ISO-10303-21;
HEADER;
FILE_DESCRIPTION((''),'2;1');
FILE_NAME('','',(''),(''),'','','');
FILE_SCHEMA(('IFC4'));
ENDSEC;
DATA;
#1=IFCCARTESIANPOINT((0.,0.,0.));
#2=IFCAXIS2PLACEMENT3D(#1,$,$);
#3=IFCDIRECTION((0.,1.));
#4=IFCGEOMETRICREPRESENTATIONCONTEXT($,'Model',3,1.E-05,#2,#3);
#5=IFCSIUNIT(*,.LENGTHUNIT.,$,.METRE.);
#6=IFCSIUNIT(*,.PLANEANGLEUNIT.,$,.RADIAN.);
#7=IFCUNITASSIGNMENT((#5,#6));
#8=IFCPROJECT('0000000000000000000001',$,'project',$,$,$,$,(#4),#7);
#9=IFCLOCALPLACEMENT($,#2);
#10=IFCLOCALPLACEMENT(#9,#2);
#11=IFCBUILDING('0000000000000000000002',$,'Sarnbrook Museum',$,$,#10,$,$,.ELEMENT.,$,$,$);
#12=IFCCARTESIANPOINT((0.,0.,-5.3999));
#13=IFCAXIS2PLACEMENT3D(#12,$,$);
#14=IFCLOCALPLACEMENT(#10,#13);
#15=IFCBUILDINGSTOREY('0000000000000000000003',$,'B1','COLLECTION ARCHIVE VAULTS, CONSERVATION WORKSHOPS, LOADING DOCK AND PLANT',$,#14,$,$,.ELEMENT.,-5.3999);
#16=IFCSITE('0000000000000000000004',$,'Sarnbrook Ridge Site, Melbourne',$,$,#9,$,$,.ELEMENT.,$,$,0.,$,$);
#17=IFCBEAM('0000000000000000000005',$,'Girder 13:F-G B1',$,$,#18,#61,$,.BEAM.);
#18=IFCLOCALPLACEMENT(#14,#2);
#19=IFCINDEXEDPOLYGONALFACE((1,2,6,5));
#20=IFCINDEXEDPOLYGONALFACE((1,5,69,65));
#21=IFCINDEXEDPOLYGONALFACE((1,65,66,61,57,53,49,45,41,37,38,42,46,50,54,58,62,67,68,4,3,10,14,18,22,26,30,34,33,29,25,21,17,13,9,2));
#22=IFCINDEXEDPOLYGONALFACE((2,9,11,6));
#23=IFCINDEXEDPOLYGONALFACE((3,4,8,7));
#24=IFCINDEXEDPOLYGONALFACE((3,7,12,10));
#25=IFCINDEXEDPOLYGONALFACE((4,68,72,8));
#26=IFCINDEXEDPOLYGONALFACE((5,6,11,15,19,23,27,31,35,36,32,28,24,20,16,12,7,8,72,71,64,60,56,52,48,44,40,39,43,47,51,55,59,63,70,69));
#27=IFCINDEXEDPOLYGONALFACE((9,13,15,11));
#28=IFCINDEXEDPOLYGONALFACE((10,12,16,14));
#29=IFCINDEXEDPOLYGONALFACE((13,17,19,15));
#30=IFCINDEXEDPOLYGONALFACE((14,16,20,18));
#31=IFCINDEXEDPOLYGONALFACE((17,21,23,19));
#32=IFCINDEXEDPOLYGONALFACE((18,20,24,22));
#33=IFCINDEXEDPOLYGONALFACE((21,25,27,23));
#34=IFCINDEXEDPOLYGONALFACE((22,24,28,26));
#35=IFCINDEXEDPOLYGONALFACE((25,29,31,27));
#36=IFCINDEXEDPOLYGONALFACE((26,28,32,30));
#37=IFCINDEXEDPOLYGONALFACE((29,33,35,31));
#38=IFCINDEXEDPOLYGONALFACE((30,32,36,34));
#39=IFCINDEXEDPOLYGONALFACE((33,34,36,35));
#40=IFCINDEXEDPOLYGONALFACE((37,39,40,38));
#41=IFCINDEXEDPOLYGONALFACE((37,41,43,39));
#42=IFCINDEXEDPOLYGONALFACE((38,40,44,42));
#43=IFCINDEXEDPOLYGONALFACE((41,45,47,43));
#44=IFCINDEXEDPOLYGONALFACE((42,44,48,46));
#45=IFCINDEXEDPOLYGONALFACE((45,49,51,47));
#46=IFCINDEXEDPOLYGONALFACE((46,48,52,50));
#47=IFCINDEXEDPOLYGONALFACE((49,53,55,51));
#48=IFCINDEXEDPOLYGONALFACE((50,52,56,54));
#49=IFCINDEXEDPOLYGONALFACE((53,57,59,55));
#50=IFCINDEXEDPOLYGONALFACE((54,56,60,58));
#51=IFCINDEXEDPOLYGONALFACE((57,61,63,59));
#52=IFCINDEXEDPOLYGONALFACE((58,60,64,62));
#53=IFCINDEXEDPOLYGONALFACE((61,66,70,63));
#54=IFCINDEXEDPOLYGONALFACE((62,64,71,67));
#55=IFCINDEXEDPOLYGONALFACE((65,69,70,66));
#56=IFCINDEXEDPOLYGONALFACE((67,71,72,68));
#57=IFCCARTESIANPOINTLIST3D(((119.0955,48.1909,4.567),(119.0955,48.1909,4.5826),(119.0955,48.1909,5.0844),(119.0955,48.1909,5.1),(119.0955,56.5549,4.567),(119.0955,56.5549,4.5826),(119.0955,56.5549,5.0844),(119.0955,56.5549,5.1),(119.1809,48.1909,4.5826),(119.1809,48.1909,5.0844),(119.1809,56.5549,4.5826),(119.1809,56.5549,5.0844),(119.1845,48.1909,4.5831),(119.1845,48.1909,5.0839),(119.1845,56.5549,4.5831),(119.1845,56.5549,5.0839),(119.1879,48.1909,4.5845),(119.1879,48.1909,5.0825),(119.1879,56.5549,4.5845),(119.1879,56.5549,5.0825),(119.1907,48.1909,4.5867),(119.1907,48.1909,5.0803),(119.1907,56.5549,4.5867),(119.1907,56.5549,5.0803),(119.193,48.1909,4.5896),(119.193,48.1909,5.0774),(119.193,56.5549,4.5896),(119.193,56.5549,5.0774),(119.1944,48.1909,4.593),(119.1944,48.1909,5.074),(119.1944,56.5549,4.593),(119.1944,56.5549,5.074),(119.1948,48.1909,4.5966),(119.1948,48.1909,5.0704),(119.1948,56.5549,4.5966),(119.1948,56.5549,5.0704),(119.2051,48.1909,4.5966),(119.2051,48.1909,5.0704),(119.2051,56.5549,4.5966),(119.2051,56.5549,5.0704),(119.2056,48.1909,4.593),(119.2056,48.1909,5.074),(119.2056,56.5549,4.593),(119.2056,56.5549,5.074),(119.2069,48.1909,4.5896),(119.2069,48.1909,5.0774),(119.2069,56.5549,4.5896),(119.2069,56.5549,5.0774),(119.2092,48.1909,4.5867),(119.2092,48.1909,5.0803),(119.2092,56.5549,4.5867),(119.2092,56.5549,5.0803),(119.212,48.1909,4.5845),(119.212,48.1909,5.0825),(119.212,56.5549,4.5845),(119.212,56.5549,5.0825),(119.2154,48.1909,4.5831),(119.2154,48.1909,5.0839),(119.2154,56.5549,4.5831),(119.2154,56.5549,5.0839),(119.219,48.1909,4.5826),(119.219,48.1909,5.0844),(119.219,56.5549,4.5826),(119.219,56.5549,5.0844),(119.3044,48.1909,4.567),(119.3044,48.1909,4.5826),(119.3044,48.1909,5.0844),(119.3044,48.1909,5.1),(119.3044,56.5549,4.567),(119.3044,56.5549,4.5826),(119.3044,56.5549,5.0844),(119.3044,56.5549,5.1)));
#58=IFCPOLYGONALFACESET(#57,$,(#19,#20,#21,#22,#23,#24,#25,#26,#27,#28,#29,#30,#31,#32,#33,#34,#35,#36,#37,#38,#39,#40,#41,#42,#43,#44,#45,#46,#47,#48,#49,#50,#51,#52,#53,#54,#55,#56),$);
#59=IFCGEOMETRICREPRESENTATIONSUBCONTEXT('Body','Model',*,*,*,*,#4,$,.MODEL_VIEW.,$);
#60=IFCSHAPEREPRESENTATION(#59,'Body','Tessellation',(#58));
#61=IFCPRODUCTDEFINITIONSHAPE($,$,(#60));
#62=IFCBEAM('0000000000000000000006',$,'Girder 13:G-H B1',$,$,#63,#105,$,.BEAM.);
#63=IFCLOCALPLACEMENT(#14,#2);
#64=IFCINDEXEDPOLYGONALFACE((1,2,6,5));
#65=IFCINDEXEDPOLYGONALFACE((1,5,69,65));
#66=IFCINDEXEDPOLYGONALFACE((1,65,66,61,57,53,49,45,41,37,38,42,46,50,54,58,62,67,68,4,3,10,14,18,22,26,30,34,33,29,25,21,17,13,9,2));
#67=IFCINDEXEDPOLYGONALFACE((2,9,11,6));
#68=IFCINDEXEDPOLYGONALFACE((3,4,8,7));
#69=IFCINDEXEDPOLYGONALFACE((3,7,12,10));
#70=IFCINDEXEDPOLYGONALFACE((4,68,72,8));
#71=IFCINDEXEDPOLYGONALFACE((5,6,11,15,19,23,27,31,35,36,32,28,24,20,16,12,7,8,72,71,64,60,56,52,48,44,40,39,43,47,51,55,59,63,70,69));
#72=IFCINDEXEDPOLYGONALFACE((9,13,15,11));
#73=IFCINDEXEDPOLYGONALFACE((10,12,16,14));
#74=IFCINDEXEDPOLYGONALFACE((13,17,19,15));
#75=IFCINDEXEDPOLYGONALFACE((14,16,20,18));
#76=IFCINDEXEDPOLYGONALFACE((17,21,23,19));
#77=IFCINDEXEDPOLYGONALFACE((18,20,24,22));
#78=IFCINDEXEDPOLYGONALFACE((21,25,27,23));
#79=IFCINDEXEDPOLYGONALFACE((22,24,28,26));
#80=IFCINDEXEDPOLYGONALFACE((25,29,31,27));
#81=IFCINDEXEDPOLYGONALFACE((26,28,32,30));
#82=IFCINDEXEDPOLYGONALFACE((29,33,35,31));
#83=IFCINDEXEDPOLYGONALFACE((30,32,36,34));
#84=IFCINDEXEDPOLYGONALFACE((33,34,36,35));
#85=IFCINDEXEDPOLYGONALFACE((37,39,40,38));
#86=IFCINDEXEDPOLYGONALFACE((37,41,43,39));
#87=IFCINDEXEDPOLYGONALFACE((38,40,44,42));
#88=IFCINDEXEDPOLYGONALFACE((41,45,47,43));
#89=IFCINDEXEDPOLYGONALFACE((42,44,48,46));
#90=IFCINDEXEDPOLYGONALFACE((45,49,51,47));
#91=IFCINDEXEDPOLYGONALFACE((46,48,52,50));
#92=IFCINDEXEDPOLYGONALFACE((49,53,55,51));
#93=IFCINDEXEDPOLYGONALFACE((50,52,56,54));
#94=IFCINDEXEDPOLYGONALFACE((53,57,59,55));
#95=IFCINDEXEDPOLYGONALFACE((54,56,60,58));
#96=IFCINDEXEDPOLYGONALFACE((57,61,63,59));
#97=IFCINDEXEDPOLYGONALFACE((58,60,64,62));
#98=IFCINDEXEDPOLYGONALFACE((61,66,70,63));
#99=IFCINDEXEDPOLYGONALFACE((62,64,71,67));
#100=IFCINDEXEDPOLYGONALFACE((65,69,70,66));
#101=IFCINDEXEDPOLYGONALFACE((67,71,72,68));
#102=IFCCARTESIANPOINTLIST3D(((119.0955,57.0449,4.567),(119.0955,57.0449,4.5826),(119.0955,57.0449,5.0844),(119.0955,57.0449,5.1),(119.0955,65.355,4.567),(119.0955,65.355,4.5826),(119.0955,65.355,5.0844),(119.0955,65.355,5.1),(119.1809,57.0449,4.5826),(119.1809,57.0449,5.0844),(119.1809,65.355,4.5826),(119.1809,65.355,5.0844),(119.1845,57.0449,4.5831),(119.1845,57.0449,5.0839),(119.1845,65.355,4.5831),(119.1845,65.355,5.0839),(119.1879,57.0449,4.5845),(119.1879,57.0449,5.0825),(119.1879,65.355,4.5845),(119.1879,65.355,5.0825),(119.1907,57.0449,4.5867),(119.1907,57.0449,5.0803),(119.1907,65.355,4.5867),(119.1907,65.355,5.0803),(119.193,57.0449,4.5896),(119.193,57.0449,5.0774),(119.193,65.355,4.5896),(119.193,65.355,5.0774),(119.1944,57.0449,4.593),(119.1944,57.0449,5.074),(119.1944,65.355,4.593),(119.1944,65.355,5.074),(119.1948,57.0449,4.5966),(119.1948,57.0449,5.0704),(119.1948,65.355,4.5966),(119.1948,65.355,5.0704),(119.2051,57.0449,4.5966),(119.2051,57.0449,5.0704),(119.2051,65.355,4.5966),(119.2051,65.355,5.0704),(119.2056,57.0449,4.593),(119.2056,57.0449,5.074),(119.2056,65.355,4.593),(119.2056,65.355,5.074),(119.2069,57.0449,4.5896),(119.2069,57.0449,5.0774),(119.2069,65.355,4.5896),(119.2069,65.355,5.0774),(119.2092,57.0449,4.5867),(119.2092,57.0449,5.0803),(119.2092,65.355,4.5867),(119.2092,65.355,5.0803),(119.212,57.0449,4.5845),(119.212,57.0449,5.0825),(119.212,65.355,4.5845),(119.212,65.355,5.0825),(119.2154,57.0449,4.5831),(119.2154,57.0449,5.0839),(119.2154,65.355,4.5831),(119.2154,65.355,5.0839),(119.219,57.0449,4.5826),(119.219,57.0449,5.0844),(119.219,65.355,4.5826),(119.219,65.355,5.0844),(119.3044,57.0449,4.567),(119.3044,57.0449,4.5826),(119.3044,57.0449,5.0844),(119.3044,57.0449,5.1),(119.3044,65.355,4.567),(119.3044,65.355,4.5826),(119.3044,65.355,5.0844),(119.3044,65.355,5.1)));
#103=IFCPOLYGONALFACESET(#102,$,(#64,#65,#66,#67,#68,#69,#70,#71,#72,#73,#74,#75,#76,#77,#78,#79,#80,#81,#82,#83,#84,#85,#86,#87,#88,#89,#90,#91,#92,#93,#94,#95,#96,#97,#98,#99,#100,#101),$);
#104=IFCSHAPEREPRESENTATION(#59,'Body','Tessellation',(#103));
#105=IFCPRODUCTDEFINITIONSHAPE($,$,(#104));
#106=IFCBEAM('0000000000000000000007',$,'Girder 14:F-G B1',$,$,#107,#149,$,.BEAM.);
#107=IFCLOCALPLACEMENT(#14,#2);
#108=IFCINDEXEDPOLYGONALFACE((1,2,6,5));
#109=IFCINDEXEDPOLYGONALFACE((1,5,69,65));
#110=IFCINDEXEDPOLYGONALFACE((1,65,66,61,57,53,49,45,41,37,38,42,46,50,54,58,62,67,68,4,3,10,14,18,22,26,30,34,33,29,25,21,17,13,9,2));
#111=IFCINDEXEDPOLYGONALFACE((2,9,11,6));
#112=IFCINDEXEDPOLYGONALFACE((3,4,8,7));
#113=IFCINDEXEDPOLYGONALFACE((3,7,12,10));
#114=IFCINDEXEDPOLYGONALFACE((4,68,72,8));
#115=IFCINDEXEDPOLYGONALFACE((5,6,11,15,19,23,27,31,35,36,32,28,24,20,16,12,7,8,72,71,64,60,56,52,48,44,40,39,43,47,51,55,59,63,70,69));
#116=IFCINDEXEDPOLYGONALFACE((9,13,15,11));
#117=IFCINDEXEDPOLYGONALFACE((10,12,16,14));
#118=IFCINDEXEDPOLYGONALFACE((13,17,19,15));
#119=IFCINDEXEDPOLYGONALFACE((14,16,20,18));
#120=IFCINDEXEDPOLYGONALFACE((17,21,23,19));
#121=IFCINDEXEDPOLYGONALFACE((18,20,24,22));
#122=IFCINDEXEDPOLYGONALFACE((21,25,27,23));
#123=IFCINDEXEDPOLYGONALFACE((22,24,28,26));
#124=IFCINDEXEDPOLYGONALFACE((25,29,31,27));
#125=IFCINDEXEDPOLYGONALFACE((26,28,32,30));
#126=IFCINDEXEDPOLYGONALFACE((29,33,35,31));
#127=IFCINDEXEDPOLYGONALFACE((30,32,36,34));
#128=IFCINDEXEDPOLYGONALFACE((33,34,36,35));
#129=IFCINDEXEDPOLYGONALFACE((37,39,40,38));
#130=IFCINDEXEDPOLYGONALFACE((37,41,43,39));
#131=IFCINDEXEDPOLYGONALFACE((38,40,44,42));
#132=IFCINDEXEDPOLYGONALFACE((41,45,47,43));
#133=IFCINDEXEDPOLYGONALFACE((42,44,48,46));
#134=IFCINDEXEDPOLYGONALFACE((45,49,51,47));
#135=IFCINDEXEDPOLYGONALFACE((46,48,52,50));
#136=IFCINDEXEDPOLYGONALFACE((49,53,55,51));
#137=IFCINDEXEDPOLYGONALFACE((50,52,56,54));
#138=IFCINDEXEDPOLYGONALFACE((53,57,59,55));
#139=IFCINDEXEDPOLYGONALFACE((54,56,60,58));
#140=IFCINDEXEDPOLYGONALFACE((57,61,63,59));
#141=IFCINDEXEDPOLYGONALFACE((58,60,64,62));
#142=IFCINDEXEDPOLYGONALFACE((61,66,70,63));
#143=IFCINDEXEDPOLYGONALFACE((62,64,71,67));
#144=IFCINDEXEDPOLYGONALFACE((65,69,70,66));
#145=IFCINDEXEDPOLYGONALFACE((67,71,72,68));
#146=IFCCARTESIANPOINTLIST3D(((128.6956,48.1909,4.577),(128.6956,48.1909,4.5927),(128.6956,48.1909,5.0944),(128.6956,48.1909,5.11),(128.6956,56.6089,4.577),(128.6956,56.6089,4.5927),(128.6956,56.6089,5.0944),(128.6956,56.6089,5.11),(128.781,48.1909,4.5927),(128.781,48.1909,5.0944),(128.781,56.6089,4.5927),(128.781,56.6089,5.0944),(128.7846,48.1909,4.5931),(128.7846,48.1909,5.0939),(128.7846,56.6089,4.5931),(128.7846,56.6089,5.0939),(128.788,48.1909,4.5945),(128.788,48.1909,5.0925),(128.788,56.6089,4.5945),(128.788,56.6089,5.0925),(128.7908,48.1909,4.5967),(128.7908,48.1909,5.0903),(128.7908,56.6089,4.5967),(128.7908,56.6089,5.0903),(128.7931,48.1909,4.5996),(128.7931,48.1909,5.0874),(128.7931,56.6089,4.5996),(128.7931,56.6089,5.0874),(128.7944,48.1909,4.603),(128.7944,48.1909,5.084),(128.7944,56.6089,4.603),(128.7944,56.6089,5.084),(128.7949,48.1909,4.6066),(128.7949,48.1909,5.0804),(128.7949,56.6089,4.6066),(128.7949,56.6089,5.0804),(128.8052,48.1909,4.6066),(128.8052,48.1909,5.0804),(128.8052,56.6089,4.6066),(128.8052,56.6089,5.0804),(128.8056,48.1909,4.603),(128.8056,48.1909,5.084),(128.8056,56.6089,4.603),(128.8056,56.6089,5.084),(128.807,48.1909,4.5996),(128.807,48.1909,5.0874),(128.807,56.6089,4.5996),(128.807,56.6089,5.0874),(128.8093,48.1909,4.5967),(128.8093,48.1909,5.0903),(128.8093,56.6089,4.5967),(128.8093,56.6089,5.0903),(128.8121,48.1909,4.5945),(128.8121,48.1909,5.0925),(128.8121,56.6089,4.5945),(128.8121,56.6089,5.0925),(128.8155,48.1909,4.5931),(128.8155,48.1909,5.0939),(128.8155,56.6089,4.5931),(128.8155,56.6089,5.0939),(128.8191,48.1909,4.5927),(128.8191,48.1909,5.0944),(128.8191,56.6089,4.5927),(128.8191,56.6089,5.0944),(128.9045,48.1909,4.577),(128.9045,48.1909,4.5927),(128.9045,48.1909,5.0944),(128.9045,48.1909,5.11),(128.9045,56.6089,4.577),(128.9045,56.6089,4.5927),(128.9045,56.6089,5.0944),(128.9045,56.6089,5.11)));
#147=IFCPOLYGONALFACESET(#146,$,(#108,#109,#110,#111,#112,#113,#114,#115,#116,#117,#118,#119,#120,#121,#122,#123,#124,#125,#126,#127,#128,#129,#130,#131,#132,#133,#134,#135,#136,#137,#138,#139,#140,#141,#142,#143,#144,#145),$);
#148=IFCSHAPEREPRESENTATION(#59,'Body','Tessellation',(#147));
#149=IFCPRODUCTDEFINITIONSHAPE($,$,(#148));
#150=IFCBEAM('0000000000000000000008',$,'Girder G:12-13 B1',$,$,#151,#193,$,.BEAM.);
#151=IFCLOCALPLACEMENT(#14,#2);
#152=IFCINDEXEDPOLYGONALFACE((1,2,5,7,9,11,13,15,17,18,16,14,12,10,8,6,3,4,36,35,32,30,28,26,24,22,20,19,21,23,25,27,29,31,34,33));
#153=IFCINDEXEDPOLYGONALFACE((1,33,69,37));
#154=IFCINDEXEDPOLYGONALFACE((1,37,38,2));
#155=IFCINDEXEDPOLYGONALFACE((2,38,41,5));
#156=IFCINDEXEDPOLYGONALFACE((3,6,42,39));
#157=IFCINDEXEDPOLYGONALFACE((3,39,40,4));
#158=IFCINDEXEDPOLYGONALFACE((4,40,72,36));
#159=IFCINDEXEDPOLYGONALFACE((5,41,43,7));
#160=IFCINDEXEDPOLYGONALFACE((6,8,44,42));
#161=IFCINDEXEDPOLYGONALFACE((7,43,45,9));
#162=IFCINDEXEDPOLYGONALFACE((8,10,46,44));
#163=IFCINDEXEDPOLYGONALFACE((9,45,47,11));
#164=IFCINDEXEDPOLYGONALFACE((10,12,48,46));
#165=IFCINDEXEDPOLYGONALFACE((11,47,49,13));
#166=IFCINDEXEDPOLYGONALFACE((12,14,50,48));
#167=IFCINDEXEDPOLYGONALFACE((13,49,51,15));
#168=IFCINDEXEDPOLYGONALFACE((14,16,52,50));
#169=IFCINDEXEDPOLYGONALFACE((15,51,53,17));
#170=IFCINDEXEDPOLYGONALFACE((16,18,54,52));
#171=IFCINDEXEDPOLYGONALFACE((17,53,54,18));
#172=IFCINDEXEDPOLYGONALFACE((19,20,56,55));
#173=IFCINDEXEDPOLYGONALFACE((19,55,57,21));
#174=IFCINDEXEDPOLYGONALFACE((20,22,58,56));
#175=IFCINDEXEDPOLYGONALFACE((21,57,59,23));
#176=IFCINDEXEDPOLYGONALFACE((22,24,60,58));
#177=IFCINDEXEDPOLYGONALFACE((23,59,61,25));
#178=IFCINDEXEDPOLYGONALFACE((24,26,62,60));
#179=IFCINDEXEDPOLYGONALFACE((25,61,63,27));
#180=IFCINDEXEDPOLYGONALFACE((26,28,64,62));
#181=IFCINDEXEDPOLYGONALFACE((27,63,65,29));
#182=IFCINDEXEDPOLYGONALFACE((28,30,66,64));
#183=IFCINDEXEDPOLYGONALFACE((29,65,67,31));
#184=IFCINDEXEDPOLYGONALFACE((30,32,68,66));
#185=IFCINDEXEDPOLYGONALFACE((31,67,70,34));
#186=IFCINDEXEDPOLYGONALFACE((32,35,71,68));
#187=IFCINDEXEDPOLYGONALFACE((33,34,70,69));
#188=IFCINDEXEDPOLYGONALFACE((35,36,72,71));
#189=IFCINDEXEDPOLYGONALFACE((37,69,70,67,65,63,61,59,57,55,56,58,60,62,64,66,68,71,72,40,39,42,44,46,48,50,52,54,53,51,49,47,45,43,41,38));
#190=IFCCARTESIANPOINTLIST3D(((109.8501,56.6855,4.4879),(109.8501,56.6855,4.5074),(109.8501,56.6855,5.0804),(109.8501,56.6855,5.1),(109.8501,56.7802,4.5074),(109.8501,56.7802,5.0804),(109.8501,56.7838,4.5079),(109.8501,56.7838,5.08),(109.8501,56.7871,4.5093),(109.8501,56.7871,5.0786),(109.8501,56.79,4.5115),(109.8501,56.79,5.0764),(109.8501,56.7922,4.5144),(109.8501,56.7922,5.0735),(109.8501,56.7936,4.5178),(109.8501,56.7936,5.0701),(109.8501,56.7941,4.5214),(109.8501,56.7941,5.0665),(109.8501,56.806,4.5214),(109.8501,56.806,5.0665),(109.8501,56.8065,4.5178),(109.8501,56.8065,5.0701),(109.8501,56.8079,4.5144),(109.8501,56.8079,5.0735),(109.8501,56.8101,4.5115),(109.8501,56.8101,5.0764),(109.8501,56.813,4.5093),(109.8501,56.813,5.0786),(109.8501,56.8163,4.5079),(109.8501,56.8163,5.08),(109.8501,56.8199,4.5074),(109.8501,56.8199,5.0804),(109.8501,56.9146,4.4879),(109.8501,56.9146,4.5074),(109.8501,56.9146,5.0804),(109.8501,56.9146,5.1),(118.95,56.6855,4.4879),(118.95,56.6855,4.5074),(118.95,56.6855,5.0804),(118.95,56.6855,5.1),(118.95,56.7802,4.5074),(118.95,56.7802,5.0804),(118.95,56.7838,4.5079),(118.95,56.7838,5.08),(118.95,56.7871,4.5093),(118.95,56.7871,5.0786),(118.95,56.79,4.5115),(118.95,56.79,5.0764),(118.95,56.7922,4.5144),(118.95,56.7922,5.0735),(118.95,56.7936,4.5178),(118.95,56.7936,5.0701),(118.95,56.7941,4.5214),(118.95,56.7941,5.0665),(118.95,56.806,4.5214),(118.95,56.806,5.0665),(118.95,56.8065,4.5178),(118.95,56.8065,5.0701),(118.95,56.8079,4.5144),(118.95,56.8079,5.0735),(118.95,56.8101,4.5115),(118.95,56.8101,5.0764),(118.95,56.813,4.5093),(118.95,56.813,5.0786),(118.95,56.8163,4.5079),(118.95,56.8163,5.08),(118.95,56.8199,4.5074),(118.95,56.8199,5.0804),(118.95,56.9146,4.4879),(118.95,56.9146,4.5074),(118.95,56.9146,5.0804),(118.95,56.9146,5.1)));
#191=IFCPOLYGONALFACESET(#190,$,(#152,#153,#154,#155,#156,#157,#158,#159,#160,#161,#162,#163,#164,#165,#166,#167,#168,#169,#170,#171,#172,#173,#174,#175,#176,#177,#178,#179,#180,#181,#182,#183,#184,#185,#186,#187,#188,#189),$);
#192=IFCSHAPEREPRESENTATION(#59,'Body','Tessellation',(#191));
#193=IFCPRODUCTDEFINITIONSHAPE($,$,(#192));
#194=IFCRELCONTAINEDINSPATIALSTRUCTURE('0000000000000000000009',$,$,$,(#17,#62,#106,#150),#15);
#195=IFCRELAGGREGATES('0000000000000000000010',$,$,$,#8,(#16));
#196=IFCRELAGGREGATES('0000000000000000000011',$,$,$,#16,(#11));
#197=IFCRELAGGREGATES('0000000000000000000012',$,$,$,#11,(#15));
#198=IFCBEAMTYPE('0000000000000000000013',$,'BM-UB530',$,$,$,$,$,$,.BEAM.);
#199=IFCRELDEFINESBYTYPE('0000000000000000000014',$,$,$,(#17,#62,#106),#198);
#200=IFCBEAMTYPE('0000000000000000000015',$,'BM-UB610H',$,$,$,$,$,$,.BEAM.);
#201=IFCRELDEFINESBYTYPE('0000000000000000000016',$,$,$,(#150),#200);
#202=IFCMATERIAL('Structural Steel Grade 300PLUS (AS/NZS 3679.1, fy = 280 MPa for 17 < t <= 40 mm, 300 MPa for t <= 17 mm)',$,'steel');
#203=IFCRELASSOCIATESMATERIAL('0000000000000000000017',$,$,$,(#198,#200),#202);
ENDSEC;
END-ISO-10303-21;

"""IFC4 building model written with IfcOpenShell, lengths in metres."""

from ifc_helpers import new_model, si_unit, direction, frame, origin, origin_2d, place, context, subcontext, project, spatial, i_section, extrude, material, material_profile, profile_set, type_object, element, save


model = new_model("IFC4")

# Units and contexts
model_context = context("Model", 3, precision=1e-05, world=origin(), true_north=direction((0.0, 1.0)))
body_context = subcontext(model_context, "Body", "Model", "MODEL_VIEW")
ifc_project = project(units=[si_unit("LENGTHUNIT", "METRE"), si_unit("PLANEANGLEUNIT", "RADIAN")], contexts=[model_context])

# Site, building, storey
site_placement = place(None, origin())
site = spatial("IfcSite", under=ifc_project, at=site_placement, Name="Sarnbrook Ridge Site, Melbourne", CompositionType="ELEMENT", RefElevation=0.0)
building_placement = place(site_placement, origin())
building = spatial("IfcBuilding", under=site, at=building_placement, Name="Sarnbrook Museum", CompositionType="ELEMENT")
storey_placement = place(building_placement, frame((0.0, 0.0, -5.3999)))
storey = spatial("IfcBuildingStorey", under=building, at=storey_placement, Name="B1", Description="COLLECTION ARCHIVE VAULTS, CONSERVATION WORKSHOPS, LOADING DOCK AND PLANT", CompositionType="ELEMENT", Elevation=-5.3999)

# Beams
ifc_material_1 = material(Name="Structural Steel Grade 300PLUS (AS/NZS 3679.1, fy = 280 MPa for 17 < t <= 40 mm, 300 MPa for t <= 17 mm)", Category="steel")
ifc_material_profile_1 = material_profile(ifc_material_1, i_section(OverallWidth=0.209, OverallDepth=0.533, WebThickness=0.0103, FlangeThickness=0.0156, FilletRadius=0.0139, at=origin_2d()), Name="530UB92.4")
ifc_profile_set_1 = profile_set([ifc_material_profile_1], Name="Structural Steel Grade 300PLUS (AS/NZS 3679.1, fy = 280 MPa for 17 < t <= 40 mm, 300 MPa for t <= 17 mm)")
beam_type_1 = type_object("IfcBeamType", Name="BM-UB530", PredefinedType="BEAM", material=ifc_profile_set_1)
beam_1_placement = place(storey_placement, frame((119.2, 48.1909, 4.8335), z_axis=(0.0, 1.0, 0.0), x_axis=(-1.0, 0.0, 0.0)))
element("IfcBeam", 1, at=beam_1_placement, inside=storey, type_object=beam_type_1, Name="Girder 13:F-G B1", PredefinedType="BEAM", context=body_context, shape_type="SweptSolid", body=[
    extrude(i_section(OverallWidth=0.209, OverallDepth=0.533, WebThickness=0.0103, FlangeThickness=0.0156, FilletRadius=0.0139, at=origin_2d()), origin(), (0.0, 0.0, 1.0), 8.364),
])
beam_2_placement = place(storey_placement, frame((119.2, 57.0449, 4.8335), z_axis=(0.0, 1.0, 0.0), x_axis=(-1.0, 0.0, 0.0)))
element("IfcBeam", 2, at=beam_2_placement, inside=storey, type_object=beam_type_1, Name="Girder 13:G-H B1", PredefinedType="BEAM", context=body_context, shape_type="SweptSolid", body=[
    extrude(i_section(OverallWidth=0.209, OverallDepth=0.533, WebThickness=0.0103, FlangeThickness=0.0156, FilletRadius=0.0139, at=origin_2d()), origin(), (0.0, 0.0, 1.0), 8.3101),
])
beam_3_placement = place(storey_placement, frame((128.8, 48.1909, 4.8435), z_axis=(0.0, 1.0, 0.0), x_axis=(-1.0, 0.0, 0.0)))
element("IfcBeam", 3, at=beam_3_placement, inside=storey, type_object=beam_type_1, Name="Girder 14:F-G B1", PredefinedType="BEAM", context=body_context, shape_type="SweptSolid", body=[
    extrude(i_section(OverallWidth=0.209, OverallDepth=0.533, WebThickness=0.0103, FlangeThickness=0.0156, FilletRadius=0.0139, at=origin_2d()), origin(), (0.0, 0.0, 1.0), 8.418),
])
ifc_material_profile_2 = material_profile(ifc_material_1, i_section(OverallWidth=0.229, OverallDepth=0.6121, WebThickness=0.012, FlangeThickness=0.0195, FilletRadius=0.0139, at=origin_2d()), Name="610UB125")
ifc_profile_set_2 = profile_set([ifc_material_profile_2], Name="Structural Steel Grade 300PLUS (AS/NZS 3679.1, fy = 280 MPa for 17 < t <= 40 mm, 300 MPa for t <= 17 mm)")
beam_type_2 = type_object("IfcBeamType", Name="BM-UB610H", PredefinedType="BEAM", material=ifc_profile_set_2)
beam_4_placement = place(storey_placement, frame((109.8501, 56.8, 4.7939), z_axis=(1.0, 0.0, 0.0), x_axis=(0.0, 1.0, 0.0)))
element("IfcBeam", 4, at=beam_4_placement, inside=storey, type_object=beam_type_2, Name="Girder G:12-13 B1", PredefinedType="BEAM", context=body_context, shape_type="SweptSolid", body=[
    extrude(i_section(OverallWidth=0.229, OverallDepth=0.6121, WebThickness=0.012, FlangeThickness=0.0195, FilletRadius=0.0139, at=origin_2d()), origin(), (0.0, 0.0, 1.0), 9.0999),
])

save(model, "model.ifc")
